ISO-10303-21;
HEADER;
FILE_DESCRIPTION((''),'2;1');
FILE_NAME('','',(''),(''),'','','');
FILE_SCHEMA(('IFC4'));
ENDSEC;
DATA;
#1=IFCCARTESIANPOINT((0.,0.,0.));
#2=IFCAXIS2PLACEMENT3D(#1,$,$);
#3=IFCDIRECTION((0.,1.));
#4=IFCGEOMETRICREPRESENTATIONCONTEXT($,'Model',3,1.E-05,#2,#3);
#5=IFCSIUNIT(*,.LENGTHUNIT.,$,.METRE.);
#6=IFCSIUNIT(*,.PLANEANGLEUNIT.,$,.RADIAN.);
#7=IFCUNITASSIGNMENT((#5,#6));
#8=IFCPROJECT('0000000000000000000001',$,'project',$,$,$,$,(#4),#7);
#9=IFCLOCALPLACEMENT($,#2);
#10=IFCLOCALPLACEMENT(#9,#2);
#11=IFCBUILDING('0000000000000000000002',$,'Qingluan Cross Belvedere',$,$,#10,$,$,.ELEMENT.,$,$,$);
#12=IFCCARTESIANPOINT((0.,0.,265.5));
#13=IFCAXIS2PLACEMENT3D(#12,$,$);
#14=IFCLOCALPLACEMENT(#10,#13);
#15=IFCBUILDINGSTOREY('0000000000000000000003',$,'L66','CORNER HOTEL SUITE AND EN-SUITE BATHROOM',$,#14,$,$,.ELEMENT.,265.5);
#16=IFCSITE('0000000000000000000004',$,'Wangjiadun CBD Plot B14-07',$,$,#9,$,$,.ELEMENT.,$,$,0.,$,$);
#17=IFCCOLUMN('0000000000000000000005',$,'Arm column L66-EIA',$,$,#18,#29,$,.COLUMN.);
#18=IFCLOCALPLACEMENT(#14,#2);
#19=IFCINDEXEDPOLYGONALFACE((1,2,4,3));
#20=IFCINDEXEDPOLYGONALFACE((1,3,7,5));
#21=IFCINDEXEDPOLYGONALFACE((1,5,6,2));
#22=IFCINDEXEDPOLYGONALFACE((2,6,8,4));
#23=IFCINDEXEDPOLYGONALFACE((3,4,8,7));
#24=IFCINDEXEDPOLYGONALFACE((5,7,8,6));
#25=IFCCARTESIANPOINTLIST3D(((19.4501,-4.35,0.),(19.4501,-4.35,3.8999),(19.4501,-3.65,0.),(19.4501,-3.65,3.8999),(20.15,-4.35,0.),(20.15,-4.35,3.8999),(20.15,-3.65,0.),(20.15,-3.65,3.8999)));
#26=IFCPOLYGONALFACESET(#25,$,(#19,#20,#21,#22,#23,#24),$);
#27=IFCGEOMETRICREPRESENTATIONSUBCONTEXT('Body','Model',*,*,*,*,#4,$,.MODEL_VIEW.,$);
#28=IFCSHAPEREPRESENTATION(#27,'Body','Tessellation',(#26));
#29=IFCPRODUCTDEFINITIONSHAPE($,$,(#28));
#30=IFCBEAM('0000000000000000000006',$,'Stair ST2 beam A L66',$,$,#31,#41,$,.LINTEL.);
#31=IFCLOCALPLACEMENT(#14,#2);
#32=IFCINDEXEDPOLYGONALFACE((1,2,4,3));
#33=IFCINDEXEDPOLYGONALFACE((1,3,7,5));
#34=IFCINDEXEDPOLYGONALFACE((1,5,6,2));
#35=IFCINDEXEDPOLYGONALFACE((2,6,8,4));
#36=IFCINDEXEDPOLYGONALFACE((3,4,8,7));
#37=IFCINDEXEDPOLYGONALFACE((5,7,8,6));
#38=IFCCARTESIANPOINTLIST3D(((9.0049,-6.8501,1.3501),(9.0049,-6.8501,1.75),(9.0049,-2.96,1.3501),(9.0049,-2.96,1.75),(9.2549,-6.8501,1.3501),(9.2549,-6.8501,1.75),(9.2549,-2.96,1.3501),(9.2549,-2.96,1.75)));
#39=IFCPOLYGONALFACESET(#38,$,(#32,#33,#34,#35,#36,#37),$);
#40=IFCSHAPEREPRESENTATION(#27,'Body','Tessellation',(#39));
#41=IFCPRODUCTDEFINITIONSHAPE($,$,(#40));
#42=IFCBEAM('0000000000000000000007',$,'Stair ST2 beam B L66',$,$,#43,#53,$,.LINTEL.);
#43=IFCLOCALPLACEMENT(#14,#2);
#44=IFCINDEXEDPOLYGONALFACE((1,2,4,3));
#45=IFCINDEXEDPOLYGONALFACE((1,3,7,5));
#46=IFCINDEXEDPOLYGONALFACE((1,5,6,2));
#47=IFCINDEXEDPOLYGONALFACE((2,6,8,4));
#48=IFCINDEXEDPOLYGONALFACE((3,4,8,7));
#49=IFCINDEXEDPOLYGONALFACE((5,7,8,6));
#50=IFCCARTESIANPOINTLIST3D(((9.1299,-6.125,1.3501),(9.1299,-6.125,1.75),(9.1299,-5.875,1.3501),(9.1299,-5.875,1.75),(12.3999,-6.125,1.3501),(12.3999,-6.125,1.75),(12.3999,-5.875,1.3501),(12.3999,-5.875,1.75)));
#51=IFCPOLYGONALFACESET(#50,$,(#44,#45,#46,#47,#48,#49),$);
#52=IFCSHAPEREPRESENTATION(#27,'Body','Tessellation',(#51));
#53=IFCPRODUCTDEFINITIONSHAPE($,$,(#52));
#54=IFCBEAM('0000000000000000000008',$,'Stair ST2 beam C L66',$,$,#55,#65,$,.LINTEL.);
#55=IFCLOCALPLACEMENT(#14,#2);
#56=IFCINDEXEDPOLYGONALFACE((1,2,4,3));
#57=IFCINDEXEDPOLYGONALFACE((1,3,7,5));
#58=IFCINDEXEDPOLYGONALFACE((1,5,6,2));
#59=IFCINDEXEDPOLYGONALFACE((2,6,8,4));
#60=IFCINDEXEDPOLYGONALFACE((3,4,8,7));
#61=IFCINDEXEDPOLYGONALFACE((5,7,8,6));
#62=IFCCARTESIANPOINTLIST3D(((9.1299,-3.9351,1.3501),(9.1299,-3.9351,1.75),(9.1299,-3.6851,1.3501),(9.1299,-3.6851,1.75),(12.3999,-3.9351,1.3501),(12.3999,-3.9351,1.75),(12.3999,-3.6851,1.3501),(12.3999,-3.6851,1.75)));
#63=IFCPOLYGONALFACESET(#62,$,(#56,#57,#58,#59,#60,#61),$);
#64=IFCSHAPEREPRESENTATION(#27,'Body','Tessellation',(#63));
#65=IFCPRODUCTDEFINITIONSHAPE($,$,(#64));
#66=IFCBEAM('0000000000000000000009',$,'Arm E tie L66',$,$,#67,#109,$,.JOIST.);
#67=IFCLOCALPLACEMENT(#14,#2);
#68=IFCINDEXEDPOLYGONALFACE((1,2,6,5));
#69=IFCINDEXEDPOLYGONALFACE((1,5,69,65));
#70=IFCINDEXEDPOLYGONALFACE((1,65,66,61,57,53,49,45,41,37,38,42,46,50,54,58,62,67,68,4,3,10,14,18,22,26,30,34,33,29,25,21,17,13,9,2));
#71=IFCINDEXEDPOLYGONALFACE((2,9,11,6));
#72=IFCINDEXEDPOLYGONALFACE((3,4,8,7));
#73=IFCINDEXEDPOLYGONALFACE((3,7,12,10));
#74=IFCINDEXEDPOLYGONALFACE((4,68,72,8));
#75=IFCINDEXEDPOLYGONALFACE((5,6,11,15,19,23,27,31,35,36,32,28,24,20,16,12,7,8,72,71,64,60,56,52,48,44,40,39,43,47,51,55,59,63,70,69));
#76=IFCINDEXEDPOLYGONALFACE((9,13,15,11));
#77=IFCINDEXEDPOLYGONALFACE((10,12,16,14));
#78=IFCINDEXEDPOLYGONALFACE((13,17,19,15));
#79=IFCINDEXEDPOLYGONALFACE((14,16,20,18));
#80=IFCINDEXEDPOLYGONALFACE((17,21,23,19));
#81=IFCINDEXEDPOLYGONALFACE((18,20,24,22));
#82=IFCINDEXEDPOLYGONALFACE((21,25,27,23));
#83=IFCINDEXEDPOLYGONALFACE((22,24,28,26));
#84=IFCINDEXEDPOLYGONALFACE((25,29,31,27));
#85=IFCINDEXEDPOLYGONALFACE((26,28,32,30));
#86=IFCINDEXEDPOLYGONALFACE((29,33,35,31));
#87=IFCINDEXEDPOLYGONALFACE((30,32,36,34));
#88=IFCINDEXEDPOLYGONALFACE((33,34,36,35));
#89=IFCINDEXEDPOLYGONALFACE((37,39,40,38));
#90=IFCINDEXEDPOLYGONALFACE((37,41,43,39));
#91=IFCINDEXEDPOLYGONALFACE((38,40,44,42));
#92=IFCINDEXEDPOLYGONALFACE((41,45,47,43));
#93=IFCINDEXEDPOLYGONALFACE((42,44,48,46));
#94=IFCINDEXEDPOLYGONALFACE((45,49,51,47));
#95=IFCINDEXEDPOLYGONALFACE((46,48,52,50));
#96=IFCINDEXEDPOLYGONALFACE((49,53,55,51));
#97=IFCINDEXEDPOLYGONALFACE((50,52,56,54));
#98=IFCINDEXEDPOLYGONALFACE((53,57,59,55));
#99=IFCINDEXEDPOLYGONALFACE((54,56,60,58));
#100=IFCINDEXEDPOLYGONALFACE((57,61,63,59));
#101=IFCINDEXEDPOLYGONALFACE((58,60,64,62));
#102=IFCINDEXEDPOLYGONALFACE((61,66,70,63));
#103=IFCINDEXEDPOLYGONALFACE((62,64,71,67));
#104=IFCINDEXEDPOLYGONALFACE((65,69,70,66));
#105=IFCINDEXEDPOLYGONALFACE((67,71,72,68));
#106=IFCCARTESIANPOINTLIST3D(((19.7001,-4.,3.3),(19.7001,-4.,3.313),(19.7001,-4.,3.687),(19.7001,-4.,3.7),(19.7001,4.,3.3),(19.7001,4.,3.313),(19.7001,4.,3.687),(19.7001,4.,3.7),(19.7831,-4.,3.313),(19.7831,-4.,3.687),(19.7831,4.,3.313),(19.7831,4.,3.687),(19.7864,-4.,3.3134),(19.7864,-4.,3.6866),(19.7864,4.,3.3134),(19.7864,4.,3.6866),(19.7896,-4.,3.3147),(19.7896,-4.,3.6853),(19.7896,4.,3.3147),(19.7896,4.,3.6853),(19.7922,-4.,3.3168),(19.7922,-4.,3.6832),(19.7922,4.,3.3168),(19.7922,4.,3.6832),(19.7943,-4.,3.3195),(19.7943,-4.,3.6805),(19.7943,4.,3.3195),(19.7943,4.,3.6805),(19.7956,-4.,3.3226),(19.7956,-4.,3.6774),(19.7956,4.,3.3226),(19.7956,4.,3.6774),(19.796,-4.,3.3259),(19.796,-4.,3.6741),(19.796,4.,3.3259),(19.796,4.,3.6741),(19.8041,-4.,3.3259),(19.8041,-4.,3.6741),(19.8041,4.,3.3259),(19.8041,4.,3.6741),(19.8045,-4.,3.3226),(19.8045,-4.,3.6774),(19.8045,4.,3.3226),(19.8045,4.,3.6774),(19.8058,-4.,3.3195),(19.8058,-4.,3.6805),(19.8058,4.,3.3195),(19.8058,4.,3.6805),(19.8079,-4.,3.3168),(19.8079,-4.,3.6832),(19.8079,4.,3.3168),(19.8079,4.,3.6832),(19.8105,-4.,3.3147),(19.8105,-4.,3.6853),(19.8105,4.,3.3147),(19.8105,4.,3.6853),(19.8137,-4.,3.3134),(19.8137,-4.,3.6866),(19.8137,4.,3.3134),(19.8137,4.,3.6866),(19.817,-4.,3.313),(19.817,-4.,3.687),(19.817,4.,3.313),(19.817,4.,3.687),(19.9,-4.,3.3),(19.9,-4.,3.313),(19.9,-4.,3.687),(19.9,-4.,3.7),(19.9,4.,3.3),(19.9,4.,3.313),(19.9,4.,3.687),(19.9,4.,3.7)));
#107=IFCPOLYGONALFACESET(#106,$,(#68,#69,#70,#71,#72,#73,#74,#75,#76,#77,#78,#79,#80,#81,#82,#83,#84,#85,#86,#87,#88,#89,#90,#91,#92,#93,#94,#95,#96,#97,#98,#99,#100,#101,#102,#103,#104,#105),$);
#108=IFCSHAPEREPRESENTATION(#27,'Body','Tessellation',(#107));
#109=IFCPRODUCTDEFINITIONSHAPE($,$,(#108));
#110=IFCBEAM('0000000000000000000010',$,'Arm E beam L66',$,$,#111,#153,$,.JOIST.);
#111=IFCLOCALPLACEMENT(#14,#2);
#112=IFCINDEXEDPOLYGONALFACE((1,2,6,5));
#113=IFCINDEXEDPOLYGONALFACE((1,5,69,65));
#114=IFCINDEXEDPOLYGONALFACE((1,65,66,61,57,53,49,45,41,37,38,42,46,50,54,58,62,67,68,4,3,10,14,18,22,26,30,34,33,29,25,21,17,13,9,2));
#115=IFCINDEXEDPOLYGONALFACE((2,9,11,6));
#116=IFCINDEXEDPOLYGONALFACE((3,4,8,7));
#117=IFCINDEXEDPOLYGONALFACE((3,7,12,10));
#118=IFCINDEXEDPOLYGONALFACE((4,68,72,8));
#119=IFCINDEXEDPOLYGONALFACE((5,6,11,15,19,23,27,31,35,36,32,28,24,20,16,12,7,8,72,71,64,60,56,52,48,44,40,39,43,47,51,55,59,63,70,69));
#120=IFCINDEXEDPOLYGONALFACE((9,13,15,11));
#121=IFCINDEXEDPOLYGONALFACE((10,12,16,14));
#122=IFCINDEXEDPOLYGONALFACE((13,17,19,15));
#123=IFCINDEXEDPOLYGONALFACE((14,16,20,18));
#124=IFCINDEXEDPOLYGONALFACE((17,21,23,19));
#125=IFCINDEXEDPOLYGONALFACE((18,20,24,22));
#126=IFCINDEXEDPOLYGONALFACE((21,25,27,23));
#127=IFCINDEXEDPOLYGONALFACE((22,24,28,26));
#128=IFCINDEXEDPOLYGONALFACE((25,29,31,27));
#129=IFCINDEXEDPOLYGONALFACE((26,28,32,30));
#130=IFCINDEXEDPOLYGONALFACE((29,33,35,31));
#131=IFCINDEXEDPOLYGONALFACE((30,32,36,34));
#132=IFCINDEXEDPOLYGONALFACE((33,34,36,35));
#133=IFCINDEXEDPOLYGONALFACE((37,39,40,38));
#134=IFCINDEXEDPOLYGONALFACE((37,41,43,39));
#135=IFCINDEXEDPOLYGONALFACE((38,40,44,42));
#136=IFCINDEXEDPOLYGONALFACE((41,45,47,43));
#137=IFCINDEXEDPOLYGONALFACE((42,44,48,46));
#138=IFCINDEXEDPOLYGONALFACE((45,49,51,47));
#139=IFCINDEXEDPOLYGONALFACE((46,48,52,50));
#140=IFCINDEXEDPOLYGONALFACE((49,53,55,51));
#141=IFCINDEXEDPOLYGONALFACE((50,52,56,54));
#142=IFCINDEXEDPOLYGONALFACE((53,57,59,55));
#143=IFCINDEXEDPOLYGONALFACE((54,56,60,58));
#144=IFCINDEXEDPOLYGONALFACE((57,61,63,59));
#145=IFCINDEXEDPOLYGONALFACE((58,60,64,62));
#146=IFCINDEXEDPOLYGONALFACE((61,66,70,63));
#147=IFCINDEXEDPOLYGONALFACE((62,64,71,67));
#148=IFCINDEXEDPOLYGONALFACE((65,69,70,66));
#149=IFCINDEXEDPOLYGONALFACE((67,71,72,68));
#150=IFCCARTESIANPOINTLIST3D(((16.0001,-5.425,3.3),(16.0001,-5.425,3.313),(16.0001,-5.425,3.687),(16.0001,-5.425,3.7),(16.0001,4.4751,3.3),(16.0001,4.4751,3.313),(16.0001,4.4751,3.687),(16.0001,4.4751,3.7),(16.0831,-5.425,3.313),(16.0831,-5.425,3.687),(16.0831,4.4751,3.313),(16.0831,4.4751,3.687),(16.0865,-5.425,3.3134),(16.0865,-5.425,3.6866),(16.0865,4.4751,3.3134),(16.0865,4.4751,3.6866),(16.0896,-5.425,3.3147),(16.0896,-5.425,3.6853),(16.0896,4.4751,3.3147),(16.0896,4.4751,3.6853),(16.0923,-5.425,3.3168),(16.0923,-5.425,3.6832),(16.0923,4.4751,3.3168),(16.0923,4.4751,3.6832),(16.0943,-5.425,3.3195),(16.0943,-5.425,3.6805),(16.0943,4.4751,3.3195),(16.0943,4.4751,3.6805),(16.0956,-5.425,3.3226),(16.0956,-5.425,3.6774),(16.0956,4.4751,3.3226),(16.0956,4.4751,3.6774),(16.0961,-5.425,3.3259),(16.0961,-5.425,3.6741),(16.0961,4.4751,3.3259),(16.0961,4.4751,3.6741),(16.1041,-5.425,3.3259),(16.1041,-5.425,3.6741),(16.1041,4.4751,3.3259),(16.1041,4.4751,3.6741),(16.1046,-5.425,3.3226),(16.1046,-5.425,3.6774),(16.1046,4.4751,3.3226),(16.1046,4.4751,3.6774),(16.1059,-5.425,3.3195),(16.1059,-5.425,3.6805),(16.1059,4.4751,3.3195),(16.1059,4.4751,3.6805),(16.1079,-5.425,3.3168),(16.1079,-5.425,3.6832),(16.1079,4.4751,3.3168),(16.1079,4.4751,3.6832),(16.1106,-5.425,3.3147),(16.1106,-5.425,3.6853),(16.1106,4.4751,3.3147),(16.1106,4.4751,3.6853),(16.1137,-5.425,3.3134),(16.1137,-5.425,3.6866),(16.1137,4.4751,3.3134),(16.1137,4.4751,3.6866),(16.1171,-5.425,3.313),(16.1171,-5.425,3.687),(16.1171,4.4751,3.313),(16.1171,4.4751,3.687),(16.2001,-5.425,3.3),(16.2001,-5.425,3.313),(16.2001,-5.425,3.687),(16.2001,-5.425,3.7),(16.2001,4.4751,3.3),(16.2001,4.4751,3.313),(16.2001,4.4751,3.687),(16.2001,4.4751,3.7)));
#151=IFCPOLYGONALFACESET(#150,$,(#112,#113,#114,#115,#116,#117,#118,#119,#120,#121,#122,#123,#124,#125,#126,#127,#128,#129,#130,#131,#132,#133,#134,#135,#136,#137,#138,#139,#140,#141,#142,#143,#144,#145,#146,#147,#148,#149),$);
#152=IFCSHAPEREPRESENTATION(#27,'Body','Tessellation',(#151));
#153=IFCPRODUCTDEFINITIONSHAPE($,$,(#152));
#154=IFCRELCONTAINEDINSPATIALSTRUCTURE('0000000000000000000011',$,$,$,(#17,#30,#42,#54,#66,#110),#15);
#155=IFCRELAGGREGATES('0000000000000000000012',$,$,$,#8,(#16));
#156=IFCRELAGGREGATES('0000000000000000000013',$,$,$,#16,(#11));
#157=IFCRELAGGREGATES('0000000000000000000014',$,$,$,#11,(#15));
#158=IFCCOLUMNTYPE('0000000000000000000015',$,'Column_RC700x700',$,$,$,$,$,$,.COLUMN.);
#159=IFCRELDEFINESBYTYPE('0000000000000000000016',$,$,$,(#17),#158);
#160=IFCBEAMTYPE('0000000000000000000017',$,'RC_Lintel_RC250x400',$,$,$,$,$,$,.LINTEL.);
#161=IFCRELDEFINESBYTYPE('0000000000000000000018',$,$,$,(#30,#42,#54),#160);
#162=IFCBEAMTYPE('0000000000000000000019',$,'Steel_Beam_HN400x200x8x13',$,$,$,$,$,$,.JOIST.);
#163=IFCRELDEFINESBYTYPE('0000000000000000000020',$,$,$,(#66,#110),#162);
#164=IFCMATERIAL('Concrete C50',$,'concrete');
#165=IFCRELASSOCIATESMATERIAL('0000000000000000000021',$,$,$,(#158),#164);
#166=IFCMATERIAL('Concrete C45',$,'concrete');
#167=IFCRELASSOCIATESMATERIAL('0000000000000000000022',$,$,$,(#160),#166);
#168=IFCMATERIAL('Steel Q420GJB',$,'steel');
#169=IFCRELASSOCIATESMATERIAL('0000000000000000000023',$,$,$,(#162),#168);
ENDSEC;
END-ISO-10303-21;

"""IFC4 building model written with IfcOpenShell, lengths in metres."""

from ifc_helpers import new_model, si_unit, direction, frame, origin, origin_2d, place, context, subcontext, project, spatial, rectangle, i_section, extrude, material, material_profile, profile_set, type_object, element, save


model = new_model("IFC4")

# Units and contexts
model_context = context("Model", 3, precision=1e-05, world=origin(), true_north=direction((0.0, 1.0)))
body_context = subcontext(model_context, "Body", "Model", "MODEL_VIEW")
ifc_project = project(units=[si_unit("LENGTHUNIT", "METRE"), si_unit("PLANEANGLEUNIT", "RADIAN")], contexts=[model_context])

# Site, building, storey
site_placement = place(None, origin())
site = spatial("IfcSite", under=ifc_project, at=site_placement, Name="Wangjiadun CBD Plot B14-07", CompositionType="ELEMENT", RefElevation=0.0)
building_placement = place(site_placement, origin())
building = spatial("IfcBuilding", under=site, at=building_placement, Name="Qingluan Cross Belvedere", CompositionType="ELEMENT")
storey_placement = place(building_placement, frame((0.0, 0.0, 265.5)))
storey = spatial("IfcBuildingStorey", under=building, at=storey_placement, Name="L66", Description="CORNER HOTEL SUITE AND EN-SUITE BATHROOM", CompositionType="ELEMENT", Elevation=265.5)

# Column
ifc_material_1 = material(Name="Concrete C50", Category="concrete")
ifc_material_profile_1 = material_profile(ifc_material_1, rectangle(XDim=0.7, YDim=0.7, at=origin_2d()), Name="RC700x700")
ifc_profile_set_1 = profile_set([ifc_material_profile_1], Name="Concrete C50")
column_type = type_object("IfcColumnType", Name="Column_RC700x700", PredefinedType="COLUMN", material=ifc_profile_set_1)
column_placement = place(storey_placement, frame((19.8, -4.0, 0.0), z_axis=(0.0, 0.0, 1.0), x_axis=(1.0, 0.0, 0.0)))
element("IfcColumn", 1, at=column_placement, inside=storey, type_object=column_type, Name="Arm column L66-EIA", PredefinedType="COLUMN", context=body_context, shape_type="SweptSolid", body=[
    extrude(rectangle(XDim=0.7, YDim=0.7, at=origin_2d()), origin(), (0.0, 0.0, 1.0), 3.8999),
])

# Beams
ifc_material_2 = material(Name="Concrete C45", Category="concrete")
ifc_material_profile_2 = material_profile(ifc_material_2, rectangle(XDim=0.25, YDim=0.3999, at=origin_2d()), Name="RC250x400")
ifc_profile_set_2 = profile_set([ifc_material_profile_2], Name="Concrete C45")
beam_type_1 = type_object("IfcBeamType", Name="RC_Lintel_RC250x400", PredefinedType="LINTEL", material=ifc_profile_set_2)
beam_1_placement = place(storey_placement, frame((9.1299, -6.8501, 1.55), z_axis=(0.0, 1.0, 0.0), x_axis=(-1.0, 0.0, 0.0)))
element("IfcBeam", 2, at=beam_1_placement, inside=storey, type_object=beam_type_1, Name="Stair ST2 beam A L66", PredefinedType="LINTEL", context=body_context, shape_type="SweptSolid", body=[
    extrude(rectangle(XDim=0.25, YDim=0.3999, at=origin_2d()), origin(), (0.0, 0.0, 1.0), 3.8901),
])
for number, where, z_axis, x_axis, name in (
    (3, (12.3999, -6.0, 1.55), (-1.0, 0.0, 0.0), (0.0, -1.0, 0.0), "Stair ST2 beam B L66"),
    (4, (12.3999, -3.8101, 1.55), (-1.0, 0.0, 0.0), (0.0, -1.0, 0.0), "Stair ST2 beam C L66"),
):
    element("IfcBeam", number, at=place(storey_placement, frame(where, z_axis=z_axis, x_axis=x_axis)), inside=storey, type_object=beam_type_1, Name=name, PredefinedType="LINTEL", context=body_context, shape_type="SweptSolid", body=[
        extrude(rectangle(XDim=0.25, YDim=0.3999, at=origin_2d()), origin(), (0.0, 0.0, 1.0), 3.27),
    ])
ifc_material_3 = material(Name="Steel Q420GJB", Category="steel")
ifc_material_profile_3 = material_profile(ifc_material_3, i_section(OverallWidth=0.2, OverallDepth=0.3999, WebThickness=0.0081, FlangeThickness=0.0129, FilletRadius=0.0129, at=origin_2d()), Name="HN400x200x8x13")
ifc_profile_set_3 = profile_set([ifc_material_profile_3], Name="Steel Q420GJB")
beam_type_2 = type_object("IfcBeamType", Name="Steel_Beam_HN400x200x8x13", PredefinedType="JOIST", material=ifc_profile_set_3)
beam_2_placement = place(storey_placement, frame((19.8, -4.0, 3.5), z_axis=(0.0, 1.0, 0.0), x_axis=(-1.0, 0.0, 0.0)))
element("IfcBeam", 5, at=beam_2_placement, inside=storey, type_object=beam_type_2, Name="Arm E tie L66", PredefinedType="JOIST", context=body_context, shape_type="SweptSolid", body=[
    extrude(i_section(OverallWidth=0.2, OverallDepth=0.3999, WebThickness=0.0081, FlangeThickness=0.0129, FilletRadius=0.0129, at=origin_2d()), origin(), (0.0, 0.0, 1.0), 8.0),
])
beam_3_placement = place(storey_placement, frame((16.1001, -5.425, 3.5), z_axis=(0.0, 1.0, 0.0), x_axis=(-1.0, 0.0, 0.0)))
element("IfcBeam", 6, at=beam_3_placement, inside=storey, type_object=beam_type_2, Name="Arm E beam L66", PredefinedType="JOIST", context=body_context, shape_type="SweptSolid", body=[
    extrude(i_section(OverallWidth=0.2, OverallDepth=0.3999, WebThickness=0.0081, FlangeThickness=0.0129, FilletRadius=0.0129, at=origin_2d()), origin(), (0.0, 0.0, 1.0), 9.9001),
])

save(model, "model.ifc")
